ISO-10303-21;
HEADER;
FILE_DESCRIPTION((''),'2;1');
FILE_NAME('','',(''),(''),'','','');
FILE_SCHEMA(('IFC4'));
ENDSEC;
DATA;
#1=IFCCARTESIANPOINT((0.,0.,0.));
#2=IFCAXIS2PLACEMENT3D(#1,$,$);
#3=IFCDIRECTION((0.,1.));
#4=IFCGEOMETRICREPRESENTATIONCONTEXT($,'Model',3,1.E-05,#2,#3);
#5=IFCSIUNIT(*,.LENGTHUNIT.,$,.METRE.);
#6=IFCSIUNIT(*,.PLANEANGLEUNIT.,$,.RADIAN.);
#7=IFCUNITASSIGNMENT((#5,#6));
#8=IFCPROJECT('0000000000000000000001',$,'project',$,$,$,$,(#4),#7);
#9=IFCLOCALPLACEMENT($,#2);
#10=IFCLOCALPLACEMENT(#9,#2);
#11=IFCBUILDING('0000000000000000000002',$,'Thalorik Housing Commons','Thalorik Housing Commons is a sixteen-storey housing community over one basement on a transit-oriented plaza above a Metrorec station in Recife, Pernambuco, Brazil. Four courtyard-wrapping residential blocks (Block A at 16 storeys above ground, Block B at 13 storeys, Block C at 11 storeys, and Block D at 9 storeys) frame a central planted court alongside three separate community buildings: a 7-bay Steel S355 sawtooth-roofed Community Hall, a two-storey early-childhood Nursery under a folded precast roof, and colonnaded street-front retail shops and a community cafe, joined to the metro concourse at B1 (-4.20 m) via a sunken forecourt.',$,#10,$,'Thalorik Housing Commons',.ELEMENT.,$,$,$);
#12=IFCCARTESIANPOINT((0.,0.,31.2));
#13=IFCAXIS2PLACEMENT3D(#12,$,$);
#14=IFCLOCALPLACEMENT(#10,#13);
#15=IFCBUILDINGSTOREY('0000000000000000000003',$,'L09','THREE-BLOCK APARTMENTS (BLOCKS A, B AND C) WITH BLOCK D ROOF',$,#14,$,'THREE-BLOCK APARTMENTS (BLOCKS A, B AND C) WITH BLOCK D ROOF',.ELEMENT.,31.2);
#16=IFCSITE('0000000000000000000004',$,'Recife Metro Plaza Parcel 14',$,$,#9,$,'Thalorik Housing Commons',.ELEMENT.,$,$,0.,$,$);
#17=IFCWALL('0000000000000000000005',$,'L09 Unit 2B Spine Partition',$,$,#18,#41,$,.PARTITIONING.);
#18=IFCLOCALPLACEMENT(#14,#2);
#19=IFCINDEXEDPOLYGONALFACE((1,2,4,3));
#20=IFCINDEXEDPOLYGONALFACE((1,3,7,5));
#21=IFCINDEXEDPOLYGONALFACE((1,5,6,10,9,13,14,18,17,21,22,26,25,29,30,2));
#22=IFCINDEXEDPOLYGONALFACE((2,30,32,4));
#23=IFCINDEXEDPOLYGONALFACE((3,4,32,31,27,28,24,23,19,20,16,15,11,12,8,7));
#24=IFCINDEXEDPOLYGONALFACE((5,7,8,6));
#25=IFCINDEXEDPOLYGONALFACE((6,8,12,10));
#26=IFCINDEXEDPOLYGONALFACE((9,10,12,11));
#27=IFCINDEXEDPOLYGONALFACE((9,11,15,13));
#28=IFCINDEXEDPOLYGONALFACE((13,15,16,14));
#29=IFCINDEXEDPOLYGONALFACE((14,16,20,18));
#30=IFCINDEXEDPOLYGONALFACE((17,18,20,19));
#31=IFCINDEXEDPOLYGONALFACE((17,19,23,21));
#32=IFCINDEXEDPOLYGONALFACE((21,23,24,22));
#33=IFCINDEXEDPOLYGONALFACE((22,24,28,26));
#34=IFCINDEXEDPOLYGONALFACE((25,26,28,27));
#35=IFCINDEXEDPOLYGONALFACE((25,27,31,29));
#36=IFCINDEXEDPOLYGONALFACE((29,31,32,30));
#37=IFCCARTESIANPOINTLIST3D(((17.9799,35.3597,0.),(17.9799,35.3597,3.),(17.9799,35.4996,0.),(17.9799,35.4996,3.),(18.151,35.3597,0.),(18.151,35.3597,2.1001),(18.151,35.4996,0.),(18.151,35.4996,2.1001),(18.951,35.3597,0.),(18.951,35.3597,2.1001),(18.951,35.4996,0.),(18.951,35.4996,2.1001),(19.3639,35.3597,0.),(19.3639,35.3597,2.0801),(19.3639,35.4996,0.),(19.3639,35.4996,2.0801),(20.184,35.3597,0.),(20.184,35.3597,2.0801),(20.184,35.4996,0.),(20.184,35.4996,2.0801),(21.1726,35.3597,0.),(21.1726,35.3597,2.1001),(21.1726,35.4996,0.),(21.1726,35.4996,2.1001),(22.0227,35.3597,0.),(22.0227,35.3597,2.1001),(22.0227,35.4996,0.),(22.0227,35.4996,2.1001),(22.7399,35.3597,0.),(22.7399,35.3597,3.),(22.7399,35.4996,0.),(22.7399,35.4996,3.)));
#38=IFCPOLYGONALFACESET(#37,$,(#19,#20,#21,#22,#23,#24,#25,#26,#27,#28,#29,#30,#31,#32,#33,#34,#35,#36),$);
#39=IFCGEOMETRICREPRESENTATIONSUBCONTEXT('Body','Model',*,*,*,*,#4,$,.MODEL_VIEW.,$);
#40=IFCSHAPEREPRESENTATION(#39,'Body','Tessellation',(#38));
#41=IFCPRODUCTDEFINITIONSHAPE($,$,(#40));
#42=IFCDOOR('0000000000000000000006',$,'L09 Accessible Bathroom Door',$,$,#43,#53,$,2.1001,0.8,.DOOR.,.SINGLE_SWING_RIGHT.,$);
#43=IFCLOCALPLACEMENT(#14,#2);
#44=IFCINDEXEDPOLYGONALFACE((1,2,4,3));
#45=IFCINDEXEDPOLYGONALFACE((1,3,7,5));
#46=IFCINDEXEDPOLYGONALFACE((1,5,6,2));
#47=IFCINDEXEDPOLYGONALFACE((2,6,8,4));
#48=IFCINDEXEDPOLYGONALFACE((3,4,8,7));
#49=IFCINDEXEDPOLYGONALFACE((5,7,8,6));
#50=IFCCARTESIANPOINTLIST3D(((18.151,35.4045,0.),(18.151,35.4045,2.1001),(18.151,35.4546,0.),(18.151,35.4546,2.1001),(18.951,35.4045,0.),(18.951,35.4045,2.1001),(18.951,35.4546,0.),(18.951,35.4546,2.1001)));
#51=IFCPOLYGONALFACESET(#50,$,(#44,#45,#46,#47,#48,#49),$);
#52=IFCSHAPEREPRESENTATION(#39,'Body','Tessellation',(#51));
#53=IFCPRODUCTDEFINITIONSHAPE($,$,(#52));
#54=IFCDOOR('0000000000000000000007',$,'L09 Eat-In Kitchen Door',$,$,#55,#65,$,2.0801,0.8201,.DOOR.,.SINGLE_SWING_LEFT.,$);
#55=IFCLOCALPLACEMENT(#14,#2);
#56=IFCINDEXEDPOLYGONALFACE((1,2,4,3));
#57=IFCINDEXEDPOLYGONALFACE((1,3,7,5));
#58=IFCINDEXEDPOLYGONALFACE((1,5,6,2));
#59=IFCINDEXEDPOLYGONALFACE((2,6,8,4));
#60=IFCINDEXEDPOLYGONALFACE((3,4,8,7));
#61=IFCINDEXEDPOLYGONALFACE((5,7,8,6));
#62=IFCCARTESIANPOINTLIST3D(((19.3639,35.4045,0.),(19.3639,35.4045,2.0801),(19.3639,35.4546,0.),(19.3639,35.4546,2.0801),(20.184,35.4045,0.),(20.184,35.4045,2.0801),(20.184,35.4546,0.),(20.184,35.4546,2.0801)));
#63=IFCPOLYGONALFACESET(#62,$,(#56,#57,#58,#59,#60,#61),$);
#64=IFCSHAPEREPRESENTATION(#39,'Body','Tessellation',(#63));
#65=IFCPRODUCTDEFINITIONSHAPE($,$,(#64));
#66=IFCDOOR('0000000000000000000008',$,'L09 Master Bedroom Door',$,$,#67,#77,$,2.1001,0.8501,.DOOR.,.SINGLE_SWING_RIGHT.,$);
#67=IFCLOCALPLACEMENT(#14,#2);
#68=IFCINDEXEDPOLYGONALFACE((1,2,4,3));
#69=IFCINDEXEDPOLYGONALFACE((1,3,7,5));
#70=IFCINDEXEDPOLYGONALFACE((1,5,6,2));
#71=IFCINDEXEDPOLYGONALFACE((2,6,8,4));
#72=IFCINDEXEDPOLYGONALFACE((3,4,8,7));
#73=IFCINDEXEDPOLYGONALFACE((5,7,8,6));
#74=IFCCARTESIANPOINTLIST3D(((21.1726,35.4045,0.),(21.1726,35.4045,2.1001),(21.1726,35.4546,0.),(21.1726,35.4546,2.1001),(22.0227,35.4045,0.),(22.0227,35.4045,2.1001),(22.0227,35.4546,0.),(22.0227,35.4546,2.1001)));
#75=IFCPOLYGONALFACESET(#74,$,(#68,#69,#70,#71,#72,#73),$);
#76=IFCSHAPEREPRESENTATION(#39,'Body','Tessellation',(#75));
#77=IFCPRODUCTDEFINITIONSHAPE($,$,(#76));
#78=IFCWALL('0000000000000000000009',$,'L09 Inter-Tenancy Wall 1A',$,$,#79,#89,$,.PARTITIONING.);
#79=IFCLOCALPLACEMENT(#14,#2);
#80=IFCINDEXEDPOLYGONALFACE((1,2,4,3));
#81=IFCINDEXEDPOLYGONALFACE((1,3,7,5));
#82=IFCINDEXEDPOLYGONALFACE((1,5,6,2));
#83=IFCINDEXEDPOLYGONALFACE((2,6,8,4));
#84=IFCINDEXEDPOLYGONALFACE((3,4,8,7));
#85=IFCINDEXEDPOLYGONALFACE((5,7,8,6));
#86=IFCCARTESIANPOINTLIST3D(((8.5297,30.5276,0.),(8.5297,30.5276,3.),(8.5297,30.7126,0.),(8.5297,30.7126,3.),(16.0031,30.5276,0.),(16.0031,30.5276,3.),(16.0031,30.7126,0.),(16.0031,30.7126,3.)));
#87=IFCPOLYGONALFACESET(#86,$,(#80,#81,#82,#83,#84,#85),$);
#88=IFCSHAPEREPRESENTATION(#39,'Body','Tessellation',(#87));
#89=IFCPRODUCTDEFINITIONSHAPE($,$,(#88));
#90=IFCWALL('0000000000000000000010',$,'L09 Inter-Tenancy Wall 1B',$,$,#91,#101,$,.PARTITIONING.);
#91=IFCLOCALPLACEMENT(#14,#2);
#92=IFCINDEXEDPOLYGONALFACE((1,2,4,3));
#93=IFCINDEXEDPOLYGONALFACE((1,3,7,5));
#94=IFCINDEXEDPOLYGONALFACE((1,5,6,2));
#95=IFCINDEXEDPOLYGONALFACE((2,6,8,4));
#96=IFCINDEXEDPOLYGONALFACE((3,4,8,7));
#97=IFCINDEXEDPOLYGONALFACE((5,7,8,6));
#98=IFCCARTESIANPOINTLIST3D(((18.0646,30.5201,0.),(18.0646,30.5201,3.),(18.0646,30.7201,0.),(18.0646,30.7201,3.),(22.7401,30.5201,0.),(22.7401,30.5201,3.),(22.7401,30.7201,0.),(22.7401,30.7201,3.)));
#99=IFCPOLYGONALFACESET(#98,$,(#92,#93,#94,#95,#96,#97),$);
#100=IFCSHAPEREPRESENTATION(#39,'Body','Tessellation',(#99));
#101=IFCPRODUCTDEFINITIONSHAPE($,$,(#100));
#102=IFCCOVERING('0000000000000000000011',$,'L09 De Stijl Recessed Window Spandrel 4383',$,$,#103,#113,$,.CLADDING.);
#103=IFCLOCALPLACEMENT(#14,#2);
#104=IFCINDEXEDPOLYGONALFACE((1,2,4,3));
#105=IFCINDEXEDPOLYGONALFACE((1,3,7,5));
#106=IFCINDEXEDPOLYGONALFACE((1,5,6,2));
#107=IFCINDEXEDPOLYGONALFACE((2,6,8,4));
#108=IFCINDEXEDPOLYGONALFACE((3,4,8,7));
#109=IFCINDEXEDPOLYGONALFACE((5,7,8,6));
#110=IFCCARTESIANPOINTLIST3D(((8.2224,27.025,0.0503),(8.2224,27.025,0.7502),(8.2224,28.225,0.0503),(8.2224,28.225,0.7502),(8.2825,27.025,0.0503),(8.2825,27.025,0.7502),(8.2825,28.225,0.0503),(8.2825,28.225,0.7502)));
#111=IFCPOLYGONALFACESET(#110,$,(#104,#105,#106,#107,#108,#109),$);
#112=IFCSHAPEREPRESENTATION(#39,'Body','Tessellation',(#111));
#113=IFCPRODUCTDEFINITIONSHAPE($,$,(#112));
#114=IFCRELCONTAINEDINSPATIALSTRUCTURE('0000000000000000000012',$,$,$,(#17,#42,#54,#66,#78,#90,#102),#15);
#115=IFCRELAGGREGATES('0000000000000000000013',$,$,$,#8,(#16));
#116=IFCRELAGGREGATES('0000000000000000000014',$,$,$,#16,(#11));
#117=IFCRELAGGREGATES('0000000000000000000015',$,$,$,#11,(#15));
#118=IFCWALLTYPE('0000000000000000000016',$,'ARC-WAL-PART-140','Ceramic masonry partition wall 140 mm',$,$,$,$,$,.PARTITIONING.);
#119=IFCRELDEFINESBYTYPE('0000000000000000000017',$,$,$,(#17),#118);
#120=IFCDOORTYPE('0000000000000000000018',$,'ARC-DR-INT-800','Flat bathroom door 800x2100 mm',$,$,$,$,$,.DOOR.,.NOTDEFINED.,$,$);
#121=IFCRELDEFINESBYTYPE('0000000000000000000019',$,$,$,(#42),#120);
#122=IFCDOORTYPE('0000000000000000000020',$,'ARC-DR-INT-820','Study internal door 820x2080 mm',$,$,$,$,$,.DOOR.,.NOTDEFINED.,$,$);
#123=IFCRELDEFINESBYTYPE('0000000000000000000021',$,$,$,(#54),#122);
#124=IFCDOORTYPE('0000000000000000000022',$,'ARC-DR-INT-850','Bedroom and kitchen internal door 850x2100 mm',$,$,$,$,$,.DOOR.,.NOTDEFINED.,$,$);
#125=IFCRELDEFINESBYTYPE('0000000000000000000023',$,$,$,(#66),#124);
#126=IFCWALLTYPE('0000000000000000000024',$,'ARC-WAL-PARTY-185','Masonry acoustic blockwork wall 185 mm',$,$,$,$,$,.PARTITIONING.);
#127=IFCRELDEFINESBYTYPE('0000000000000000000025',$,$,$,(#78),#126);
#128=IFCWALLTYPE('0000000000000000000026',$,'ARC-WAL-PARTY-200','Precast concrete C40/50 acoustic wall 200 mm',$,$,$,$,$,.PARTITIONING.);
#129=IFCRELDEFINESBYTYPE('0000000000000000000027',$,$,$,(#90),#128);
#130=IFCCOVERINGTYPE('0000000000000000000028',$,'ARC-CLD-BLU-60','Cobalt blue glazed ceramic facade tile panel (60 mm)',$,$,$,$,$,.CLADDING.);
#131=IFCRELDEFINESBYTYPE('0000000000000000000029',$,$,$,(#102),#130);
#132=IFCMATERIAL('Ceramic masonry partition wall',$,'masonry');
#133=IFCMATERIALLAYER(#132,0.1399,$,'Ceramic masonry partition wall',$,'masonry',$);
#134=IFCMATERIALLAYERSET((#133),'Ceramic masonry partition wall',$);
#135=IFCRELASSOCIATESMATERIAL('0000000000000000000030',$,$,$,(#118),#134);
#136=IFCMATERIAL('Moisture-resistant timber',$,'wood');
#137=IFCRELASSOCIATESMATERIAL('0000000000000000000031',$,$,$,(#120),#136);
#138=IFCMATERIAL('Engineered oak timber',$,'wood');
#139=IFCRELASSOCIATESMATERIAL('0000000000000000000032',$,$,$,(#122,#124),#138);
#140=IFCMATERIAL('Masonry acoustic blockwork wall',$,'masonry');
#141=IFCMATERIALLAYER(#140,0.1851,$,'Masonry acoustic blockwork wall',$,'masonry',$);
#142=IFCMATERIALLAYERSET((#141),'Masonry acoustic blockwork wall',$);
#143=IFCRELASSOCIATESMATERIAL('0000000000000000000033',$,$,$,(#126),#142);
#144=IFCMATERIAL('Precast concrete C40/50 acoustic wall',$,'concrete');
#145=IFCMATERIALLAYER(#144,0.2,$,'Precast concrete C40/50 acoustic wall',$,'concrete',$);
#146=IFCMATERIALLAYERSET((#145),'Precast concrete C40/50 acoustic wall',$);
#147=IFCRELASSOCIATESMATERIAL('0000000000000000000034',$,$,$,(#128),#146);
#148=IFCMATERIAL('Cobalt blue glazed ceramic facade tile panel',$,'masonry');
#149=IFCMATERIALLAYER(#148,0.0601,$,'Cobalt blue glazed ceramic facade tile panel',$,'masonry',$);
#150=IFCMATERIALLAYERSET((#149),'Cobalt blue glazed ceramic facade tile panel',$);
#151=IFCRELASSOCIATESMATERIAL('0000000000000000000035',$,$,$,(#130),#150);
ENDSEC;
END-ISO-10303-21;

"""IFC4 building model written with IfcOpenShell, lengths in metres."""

from ifc_helpers import new_model, si_unit, direction, frame, frame_2d, origin, origin_2d, place, context, subcontext, project, spatial, rectangle, extrude, material, layer, layer_set, type_object, element, fill, save


model = new_model("IFC4")

# Units and contexts
model_context = context("Model", 3, precision=1e-05, world=origin(), true_north=direction((0.0, 1.0)))
body_context = subcontext(model_context, "Body", "Model", "MODEL_VIEW")
ifc_project = project(units=[si_unit("LENGTHUNIT", "METRE"), si_unit("PLANEANGLEUNIT", "RADIAN")], contexts=[model_context])

# Site, building, storey
site_placement = place(None, origin())
site = spatial("IfcSite", under=ifc_project, at=site_placement, Name="Recife Metro Plaza Parcel 14", LongName="Thalorik Housing Commons", CompositionType="ELEMENT", RefElevation=0.0)
building_placement = place(site_placement, origin())
building = spatial("IfcBuilding", under=site, at=building_placement, Name="Thalorik Housing Commons", Description="Thalorik Housing Commons is a sixteen-storey housing community over one basement on a transit-oriented plaza above a Metrorec station in Recife, Pernambuco, Brazil. Four courtyard-wrapping residential blocks (Block A at 16 storeys above ground, Block B at 13 storeys, Block C at 11 storeys, and Block D at 9 storeys) frame a central planted court alongside three separate community buildings: a 7-bay Steel S355 sawtooth-roofed Community Hall, a two-storey early-childhood Nursery under a folded precast roof, and colonnaded street-front retail shops and a community cafe, joined to the metro concourse at B1 (-4.20 m) via a sunken forecourt.", LongName="Thalorik Housing Commons", CompositionType="ELEMENT")
storey_placement = place(building_placement, frame((0.0, 0.0, 31.2)))
storey = spatial("IfcBuildingStorey", under=building, at=storey_placement, Name="L09", Description="THREE-BLOCK APARTMENTS (BLOCKS A, B AND C) WITH BLOCK D ROOF", LongName="THREE-BLOCK APARTMENTS (BLOCKS A, B AND C) WITH BLOCK D ROOF", CompositionType="ELEMENT", Elevation=31.2)

# Wall, openings, doors
ifc_material_1 = material(Name="Ceramic masonry partition wall", Category="masonry")
ifc_layer_1 = layer(ifc_material_1, 0.1399, Name="Ceramic masonry partition wall", Category="masonry")
ifc_layer_set_1 = layer_set([ifc_layer_1], Name="Ceramic masonry partition wall")
wall_type_1 = type_object("IfcWallType", Name="ARC-WAL-PART-140", Description="Ceramic masonry partition wall 140 mm", PredefinedType="PARTITIONING", material=ifc_layer_set_1)
wall_1_placement = place(storey_placement, frame((17.98, 35.4297, 0.0), z_axis=(0.0, 0.0, 1.0), x_axis=(1.0, 0.0, 0.0)))
wall_1 = element("IfcWall", 1, at=wall_1_placement, inside=storey, type_object=wall_type_1, Name="L09 Unit 2B Spine Partition", PredefinedType="PARTITIONING", context=body_context, shape_type="SweptSolid", body=[
    extrude(rectangle(XDim=4.76, YDim=0.1399, at=frame_2d((2.3799, 0.0))), origin(), (0.0, 0.0, 1.0), 3.0),
])
opening_1_placement = place(wall_1_placement, frame((0.1711, 0.0, 0.0)))
opening_1 = element("IfcOpeningElement", 2, at=opening_1_placement, cuts=wall_1, PredefinedType="OPENING", context=body_context, shape_type="SweptSolid", body=[
    extrude(rectangle(XDim=0.8, YDim=2.1001, at=frame_2d((0.3999, 1.05))), frame((0.0, 0.0801, 0.0), z_axis=(0.0, -1.0, 0.0), x_axis=(1.0, 0.0, 0.0)), (0.0, 0.0, 1.0), 0.1599),
])
opening_2_placement = place(wall_1_placement, frame((1.3838, 0.0, 0.0)))
opening_2 = element("IfcOpeningElement", 3, at=opening_2_placement, cuts=wall_1, PredefinedType="OPENING", context=body_context, shape_type="SweptSolid", body=[
    extrude(rectangle(XDim=0.8201, YDim=2.0801, at=frame_2d((0.4102, 1.04))), frame((0.0, 0.0801, 0.0), z_axis=(0.0, -1.0, 0.0), x_axis=(1.0, 0.0, 0.0)), (0.0, 0.0, 1.0), 0.1599),
])
opening_3_placement = place(wall_1_placement, frame((3.1926, 0.0, 0.0)))
opening_3 = element("IfcOpeningElement", 4, at=opening_3_placement, cuts=wall_1, PredefinedType="OPENING", context=body_context, shape_type="SweptSolid", body=[
    extrude(rectangle(XDim=0.8501, YDim=2.1001, at=frame_2d((0.425, 1.05))), frame((0.0, 0.0801, 0.0), z_axis=(0.0, -1.0, 0.0), x_axis=(1.0, 0.0, 0.0)), (0.0, 0.0, 1.0), 0.1599),
])
ifc_material_2 = material(Name="Moisture-resistant timber", Category="wood")
door_type_1 = type_object("IfcDoorType", Name="ARC-DR-INT-800", Description="Flat bathroom door 800x2100 mm", OperationType="NOTDEFINED", PredefinedType="DOOR", material=ifc_material_2)
door_1_placement = place(opening_1_placement, origin())
door_1 = element("IfcDoor", 5, at=door_1_placement, inside=storey, type_object=door_type_1, Name="L09 Accessible Bathroom Door", OperationType="SINGLE_SWING_RIGHT", OverallHeight=2.1001, OverallWidth=0.8, PredefinedType="DOOR", context=body_context, shape_type="SweptSolid", body=[
    extrude(rectangle(XDim=0.8, YDim=2.1001, at=frame_2d((0.3999, 1.05))), frame((0.0, 0.0249, 0.0), z_axis=(0.0, -1.0, 0.0), x_axis=(1.0, 0.0, 0.0)), (0.0, 0.0, 1.0), 0.05),
])
fill(opening_1, door_1)
ifc_material_3 = material(Name="Engineered oak timber", Category="wood")
door_type_2 = type_object("IfcDoorType", Name="ARC-DR-INT-820", Description="Study internal door 820x2080 mm", OperationType="NOTDEFINED", PredefinedType="DOOR", material=ifc_material_3)
door_2_placement = place(opening_2_placement, origin())
door_2 = element("IfcDoor", 6, at=door_2_placement, inside=storey, type_object=door_type_2, Name="L09 Eat-In Kitchen Door", OperationType="SINGLE_SWING_LEFT", OverallHeight=2.0801, OverallWidth=0.8201, PredefinedType="DOOR", context=body_context, shape_type="SweptSolid", body=[
    extrude(rectangle(XDim=0.8201, YDim=2.0801, at=frame_2d((0.4102, 1.04))), frame((0.0, 0.0249, 0.0), z_axis=(0.0, -1.0, 0.0), x_axis=(1.0, 0.0, 0.0)), (0.0, 0.0, 1.0), 0.05),
])
fill(opening_2, door_2)
door_type_3 = type_object("IfcDoorType", Name="ARC-DR-INT-850", Description="Bedroom and kitchen internal door 850x2100 mm", OperationType="NOTDEFINED", PredefinedType="DOOR", material=ifc_material_3)
door_3_placement = place(opening_3_placement, origin())
door_3 = element("IfcDoor", 7, at=door_3_placement, inside=storey, type_object=door_type_3, Name="L09 Master Bedroom Door", OperationType="SINGLE_SWING_RIGHT", OverallHeight=2.1001, OverallWidth=0.8501, PredefinedType="DOOR", context=body_context, shape_type="SweptSolid", body=[
    extrude(rectangle(XDim=0.8501, YDim=2.1001, at=frame_2d((0.425, 1.05))), frame((0.0, 0.0249, 0.0), z_axis=(0.0, -1.0, 0.0), x_axis=(1.0, 0.0, 0.0)), (0.0, 0.0, 1.0), 0.05),
])
fill(opening_3, door_3)

# Walls
ifc_material_4 = material(Name="Masonry acoustic blockwork wall", Category="masonry")
ifc_layer_2 = layer(ifc_material_4, 0.1851, Name="Masonry acoustic blockwork wall", Category="masonry")
ifc_layer_set_2 = layer_set([ifc_layer_2], Name="Masonry acoustic blockwork wall")
wall_type_2 = type_object("IfcWallType", Name="ARC-WAL-PARTY-185", Description="Masonry acoustic blockwork wall 185 mm", PredefinedType="PARTITIONING", material=ifc_layer_set_2)
wall_2_placement = place(storey_placement, frame((8.5295, 30.6201, 0.0), z_axis=(0.0, 0.0, 1.0), x_axis=(1.0, 0.0, 0.0)))
element("IfcWall", 8, at=wall_2_placement, inside=storey, type_object=wall_type_2, Name="L09 Inter-Tenancy Wall 1A", PredefinedType="PARTITIONING", context=body_context, shape_type="SweptSolid", body=[
    extrude(rectangle(XDim=7.4734, YDim=0.1851, at=frame_2d((3.7368, 0.0))), origin(), (0.0, 0.0, 1.0), 3.0),
])
ifc_material_5 = material(Name="Precast concrete C40/50 acoustic wall", Category="concrete")
ifc_layer_3 = layer(ifc_material_5, 0.2, Name="Precast concrete C40/50 acoustic wall", Category="concrete")
ifc_layer_set_3 = layer_set([ifc_layer_3], Name="Precast concrete C40/50 acoustic wall")
wall_type_3 = type_object("IfcWallType", Name="ARC-WAL-PARTY-200", Description="Precast concrete C40/50 acoustic wall 200 mm", PredefinedType="PARTITIONING", material=ifc_layer_set_3)
wall_3_placement = place(storey_placement, frame((18.0645, 30.6201, 0.0), z_axis=(0.0, 0.0, 1.0), x_axis=(1.0, 0.0, 0.0)))
element("IfcWall", 9, at=wall_3_placement, inside=storey, type_object=wall_type_3, Name="L09 Inter-Tenancy Wall 1B", PredefinedType="PARTITIONING", context=body_context, shape_type="SweptSolid", body=[
    extrude(rectangle(XDim=4.6755, YDim=0.2, at=frame_2d((2.3379, 0.0))), origin(), (0.0, 0.0, 1.0), 3.0),
])

# Covering
ifc_material_6 = material(Name="Cobalt blue glazed ceramic facade tile panel", Category="masonry")
ifc_layer_4 = layer(ifc_material_6, 0.0601, Name="Cobalt blue glazed ceramic facade tile panel", Category="masonry")
ifc_layer_set_4 = layer_set([ifc_layer_4], Name="Cobalt blue glazed ceramic facade tile panel")
covering_type_1 = type_object("IfcCoveringType", Name="ARC-CLD-BLU-60", Description="Cobalt blue glazed ceramic facade tile panel (60 mm)", PredefinedType="CLADDING", material=ifc_layer_set_4)
covering_1_placement = place(storey_placement, frame((8.2524, 27.625, 0.0503), z_axis=(0.0, 0.0, 1.0), x_axis=(0.0, -1.0, 0.0)))
element("IfcCovering", 10, at=covering_1_placement, inside=storey, type_object=covering_type_1, Name="L09 De Stijl Recessed Window Spandrel 4383", PredefinedType="CLADDING", context=body_context, shape_type="SweptSolid", body=[
    extrude(rectangle(XDim=1.2, YDim=0.0601, at=origin_2d()), origin(), (0.0, 0.0, 1.0), 0.7),
])

save(model, "model.ifc")
